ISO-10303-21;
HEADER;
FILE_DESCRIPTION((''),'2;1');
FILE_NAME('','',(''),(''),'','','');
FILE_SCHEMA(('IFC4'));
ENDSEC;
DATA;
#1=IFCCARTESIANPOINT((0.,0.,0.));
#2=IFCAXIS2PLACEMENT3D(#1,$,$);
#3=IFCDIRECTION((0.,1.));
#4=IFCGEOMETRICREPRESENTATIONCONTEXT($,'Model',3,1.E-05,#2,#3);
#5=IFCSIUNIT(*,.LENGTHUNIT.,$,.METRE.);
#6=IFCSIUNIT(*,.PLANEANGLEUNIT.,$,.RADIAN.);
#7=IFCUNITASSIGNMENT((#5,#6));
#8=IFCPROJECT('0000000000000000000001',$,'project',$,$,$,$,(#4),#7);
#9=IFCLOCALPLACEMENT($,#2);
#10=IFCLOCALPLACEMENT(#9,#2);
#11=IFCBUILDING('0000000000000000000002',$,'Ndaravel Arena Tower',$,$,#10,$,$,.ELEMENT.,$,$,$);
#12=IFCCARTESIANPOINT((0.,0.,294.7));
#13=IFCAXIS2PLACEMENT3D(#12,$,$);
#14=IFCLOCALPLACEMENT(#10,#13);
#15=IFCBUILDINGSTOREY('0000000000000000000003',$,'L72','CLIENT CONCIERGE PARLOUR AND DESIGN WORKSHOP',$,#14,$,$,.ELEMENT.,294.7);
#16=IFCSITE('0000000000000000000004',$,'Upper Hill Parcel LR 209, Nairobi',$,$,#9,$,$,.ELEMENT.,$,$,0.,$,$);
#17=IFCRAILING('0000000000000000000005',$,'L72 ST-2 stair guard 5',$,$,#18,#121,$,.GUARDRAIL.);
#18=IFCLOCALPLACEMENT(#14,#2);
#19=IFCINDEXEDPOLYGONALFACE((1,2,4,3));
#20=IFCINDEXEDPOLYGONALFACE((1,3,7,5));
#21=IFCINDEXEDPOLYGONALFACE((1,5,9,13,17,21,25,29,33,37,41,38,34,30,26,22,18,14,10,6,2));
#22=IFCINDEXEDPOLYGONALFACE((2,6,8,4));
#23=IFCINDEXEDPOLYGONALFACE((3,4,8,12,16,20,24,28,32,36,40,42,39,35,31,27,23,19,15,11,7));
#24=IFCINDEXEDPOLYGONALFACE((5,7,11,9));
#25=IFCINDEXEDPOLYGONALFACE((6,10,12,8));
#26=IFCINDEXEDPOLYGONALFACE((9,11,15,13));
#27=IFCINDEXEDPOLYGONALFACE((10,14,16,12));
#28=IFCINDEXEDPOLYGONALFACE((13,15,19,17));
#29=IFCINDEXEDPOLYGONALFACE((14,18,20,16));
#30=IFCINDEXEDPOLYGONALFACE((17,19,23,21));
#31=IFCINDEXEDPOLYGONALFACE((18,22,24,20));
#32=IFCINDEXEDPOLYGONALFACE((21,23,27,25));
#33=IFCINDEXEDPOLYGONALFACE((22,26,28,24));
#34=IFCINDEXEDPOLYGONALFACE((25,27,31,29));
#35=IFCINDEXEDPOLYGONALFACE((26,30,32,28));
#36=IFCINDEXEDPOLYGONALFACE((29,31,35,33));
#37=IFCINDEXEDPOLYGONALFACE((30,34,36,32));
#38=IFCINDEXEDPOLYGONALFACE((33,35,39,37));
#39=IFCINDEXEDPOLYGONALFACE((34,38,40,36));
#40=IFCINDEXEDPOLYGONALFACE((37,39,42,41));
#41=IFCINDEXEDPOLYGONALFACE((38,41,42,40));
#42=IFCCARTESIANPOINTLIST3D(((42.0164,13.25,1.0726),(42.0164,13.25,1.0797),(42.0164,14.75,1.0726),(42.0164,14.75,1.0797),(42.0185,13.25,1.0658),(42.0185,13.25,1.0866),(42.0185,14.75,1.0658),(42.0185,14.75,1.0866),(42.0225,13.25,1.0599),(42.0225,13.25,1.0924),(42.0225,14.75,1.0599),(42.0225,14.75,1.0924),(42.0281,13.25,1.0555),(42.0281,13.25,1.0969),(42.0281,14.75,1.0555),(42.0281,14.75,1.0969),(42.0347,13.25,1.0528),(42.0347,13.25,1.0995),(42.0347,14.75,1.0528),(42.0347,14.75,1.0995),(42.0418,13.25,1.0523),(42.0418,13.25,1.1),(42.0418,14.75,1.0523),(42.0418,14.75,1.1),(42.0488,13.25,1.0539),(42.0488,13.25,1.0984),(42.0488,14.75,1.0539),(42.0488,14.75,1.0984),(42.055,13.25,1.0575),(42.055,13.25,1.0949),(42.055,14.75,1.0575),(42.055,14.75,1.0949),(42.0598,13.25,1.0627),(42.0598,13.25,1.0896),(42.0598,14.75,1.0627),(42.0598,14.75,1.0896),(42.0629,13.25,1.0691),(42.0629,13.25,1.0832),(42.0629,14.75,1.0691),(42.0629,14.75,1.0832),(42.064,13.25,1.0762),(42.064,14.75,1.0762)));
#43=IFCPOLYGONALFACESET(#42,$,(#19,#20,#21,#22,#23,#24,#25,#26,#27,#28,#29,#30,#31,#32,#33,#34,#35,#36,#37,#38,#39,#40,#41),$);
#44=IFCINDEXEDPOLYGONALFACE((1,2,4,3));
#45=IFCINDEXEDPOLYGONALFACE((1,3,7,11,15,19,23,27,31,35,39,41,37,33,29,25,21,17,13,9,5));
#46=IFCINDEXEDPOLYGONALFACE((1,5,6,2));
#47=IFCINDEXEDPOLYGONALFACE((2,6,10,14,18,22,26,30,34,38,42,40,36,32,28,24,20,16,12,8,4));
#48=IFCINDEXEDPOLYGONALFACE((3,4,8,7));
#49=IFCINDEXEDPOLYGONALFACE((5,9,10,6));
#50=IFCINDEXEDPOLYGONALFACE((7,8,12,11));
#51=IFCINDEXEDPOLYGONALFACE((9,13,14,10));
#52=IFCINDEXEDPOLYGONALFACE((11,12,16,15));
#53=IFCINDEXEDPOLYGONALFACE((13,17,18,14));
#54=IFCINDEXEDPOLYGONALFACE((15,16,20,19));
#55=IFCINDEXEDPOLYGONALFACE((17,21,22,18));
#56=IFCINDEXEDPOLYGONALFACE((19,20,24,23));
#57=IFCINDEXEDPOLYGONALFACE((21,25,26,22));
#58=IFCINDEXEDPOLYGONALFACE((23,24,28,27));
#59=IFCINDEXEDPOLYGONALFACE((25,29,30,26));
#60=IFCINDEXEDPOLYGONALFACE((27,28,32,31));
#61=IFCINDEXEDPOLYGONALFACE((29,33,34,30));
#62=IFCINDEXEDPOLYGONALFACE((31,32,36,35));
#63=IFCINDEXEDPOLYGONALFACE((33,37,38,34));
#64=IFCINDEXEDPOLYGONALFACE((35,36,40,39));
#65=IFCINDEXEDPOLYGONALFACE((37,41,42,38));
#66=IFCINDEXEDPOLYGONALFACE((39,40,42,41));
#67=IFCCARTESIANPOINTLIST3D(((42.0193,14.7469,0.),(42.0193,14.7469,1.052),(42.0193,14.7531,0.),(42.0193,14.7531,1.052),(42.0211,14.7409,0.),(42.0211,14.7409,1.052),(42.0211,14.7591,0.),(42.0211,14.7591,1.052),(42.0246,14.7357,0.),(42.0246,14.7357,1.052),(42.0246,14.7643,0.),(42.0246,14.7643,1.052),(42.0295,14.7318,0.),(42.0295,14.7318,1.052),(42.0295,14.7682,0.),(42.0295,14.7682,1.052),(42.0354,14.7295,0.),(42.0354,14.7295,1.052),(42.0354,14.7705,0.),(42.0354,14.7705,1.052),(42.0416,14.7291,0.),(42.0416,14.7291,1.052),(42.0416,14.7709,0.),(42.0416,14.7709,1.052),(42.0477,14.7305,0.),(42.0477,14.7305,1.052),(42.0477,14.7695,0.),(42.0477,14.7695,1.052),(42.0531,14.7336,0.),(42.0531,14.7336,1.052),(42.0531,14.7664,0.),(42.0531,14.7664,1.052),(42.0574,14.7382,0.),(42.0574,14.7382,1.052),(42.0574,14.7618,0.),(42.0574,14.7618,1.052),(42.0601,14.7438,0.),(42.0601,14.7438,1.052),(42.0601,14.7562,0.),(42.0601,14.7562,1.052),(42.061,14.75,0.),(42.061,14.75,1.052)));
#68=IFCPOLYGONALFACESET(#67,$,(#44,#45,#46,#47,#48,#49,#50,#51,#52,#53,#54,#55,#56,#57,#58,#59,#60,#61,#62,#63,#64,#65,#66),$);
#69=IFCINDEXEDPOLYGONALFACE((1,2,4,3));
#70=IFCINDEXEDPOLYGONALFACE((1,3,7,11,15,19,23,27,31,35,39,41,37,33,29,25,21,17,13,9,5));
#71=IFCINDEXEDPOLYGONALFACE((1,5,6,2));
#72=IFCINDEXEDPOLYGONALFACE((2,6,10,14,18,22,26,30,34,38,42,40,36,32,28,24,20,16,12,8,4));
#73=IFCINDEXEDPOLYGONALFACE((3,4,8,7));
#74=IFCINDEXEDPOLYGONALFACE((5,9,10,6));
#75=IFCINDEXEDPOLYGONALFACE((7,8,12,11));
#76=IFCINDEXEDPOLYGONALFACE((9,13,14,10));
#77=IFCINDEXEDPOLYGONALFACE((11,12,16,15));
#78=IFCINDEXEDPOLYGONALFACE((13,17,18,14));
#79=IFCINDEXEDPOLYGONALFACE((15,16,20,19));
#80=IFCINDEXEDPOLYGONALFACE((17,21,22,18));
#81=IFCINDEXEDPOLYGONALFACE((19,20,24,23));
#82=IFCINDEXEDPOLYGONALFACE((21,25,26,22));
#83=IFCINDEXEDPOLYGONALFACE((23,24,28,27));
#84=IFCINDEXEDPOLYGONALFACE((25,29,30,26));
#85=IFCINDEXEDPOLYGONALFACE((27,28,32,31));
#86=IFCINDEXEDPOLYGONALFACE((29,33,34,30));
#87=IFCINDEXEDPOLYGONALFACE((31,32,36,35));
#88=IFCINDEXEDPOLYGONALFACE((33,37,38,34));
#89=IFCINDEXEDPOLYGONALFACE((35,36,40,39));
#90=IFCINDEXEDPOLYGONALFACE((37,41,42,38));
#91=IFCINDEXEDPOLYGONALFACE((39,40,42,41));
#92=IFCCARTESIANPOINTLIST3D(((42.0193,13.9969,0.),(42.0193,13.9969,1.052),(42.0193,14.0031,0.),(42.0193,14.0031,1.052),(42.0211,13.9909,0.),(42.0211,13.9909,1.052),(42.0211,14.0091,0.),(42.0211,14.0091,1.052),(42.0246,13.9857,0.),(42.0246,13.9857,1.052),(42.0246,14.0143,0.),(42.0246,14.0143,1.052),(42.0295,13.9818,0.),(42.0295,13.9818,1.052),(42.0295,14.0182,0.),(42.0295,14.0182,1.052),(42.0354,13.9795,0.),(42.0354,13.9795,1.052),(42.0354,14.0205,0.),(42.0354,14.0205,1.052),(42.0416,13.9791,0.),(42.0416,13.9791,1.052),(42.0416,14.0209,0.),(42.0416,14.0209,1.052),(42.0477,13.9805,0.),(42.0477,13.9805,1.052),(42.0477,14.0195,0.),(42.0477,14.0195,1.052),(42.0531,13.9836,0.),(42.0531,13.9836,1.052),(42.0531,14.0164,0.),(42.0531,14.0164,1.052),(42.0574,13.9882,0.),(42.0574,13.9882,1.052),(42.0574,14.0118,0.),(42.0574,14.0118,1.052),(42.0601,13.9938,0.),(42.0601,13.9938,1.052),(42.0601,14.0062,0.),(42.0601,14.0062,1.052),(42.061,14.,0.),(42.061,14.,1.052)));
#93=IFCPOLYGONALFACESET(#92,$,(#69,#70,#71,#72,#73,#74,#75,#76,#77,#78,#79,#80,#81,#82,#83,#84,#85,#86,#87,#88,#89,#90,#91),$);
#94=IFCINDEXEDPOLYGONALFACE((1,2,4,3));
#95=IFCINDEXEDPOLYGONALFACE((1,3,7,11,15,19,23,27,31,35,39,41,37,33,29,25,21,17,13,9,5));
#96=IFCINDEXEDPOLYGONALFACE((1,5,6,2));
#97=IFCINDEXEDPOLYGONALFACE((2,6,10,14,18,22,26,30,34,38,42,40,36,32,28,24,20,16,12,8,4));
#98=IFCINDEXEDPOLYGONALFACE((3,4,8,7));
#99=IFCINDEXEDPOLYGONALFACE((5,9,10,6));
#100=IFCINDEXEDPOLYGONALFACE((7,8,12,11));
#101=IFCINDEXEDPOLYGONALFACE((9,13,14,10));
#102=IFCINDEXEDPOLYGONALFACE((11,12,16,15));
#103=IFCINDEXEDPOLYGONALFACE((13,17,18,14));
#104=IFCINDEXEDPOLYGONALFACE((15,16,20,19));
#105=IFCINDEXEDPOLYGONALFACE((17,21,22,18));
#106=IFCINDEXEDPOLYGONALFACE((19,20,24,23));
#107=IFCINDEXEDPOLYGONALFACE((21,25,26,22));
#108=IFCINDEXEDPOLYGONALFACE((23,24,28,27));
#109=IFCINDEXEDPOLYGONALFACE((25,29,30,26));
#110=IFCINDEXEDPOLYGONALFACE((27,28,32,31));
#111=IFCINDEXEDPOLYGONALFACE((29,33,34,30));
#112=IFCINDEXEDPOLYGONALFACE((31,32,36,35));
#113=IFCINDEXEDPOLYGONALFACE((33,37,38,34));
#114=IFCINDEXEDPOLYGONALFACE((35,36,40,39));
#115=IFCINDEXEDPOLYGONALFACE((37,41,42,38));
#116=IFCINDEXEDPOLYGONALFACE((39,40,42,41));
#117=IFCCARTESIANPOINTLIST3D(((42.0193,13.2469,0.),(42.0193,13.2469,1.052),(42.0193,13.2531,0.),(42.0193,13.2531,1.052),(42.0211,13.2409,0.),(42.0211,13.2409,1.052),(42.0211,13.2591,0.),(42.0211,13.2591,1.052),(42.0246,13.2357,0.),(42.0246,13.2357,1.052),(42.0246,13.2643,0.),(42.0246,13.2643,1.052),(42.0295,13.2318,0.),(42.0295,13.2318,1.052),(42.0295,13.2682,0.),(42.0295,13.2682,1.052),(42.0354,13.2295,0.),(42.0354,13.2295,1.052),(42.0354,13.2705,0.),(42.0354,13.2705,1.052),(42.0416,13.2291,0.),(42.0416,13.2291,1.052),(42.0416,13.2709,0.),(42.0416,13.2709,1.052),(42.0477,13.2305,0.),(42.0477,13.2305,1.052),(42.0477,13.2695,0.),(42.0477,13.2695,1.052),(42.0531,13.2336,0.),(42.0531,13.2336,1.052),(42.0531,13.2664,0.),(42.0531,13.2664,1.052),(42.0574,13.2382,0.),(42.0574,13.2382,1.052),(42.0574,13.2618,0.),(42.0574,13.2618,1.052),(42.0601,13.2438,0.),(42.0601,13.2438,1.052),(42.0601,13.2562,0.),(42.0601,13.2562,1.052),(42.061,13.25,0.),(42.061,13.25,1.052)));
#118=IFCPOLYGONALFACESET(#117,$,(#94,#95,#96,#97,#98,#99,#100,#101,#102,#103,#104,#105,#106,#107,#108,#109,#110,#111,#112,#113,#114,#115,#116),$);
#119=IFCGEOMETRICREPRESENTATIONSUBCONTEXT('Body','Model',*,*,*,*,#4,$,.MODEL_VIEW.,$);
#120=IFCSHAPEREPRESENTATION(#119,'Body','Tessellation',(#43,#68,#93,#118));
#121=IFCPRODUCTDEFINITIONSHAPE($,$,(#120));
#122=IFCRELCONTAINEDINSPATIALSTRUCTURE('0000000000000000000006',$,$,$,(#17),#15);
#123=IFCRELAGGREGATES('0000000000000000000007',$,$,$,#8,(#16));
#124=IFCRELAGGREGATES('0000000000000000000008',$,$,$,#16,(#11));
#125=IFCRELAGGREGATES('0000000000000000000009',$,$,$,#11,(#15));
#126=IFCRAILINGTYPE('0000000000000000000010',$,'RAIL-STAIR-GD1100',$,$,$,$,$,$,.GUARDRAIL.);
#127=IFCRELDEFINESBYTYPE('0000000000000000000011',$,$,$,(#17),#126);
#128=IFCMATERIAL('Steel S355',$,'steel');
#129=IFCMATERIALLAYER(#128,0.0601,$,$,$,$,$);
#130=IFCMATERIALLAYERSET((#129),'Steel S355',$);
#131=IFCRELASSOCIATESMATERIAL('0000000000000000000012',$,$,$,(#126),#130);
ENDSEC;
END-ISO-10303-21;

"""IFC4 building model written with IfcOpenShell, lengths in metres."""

from ifc_helpers import new_model, si_unit, direction, frame, origin, origin_2d, place, context, subcontext, project, spatial, circle, extrude, material, layer, layer_set, type_object, element, save


model = new_model("IFC4")

# Units and contexts
model_context = context("Model", 3, precision=1e-05, world=origin(), true_north=direction((0.0, 1.0)))
body_context = subcontext(model_context, "Body", "Model", "MODEL_VIEW")
ifc_project = project(units=[si_unit("LENGTHUNIT", "METRE"), si_unit("PLANEANGLEUNIT", "RADIAN")], contexts=[model_context])

# Site, building, storey
site_placement = place(None, origin())
site = spatial("IfcSite", under=ifc_project, at=site_placement, Name="Upper Hill Parcel LR 209, Nairobi", CompositionType="ELEMENT", RefElevation=0.0)
building_placement = place(site_placement, origin())
building = spatial("IfcBuilding", under=site, at=building_placement, Name="Ndaravel Arena Tower", CompositionType="ELEMENT")
storey_placement = place(building_placement, frame((0.0, 0.0, 294.7)))
storey = spatial("IfcBuildingStorey", under=building, at=storey_placement, Name="L72", Description="CLIENT CONCIERGE PARLOUR AND DESIGN WORKSHOP", CompositionType="ELEMENT", Elevation=294.7)

# Railing
ifc_material_1 = material(Name="Steel S355", Category="steel")
ifc_layer_1 = layer(ifc_material_1, 0.0601)
ifc_layer_set_1 = layer_set([ifc_layer_1], Name="Steel S355")
railing_type = type_object("IfcRailingType", Name="RAIL-STAIR-GD1100", PredefinedType="GUARDRAIL", material=ifc_layer_set_1)
railing_1_placement = place(storey_placement, frame((42.04, 14.75, 0.0)))
element("IfcRailing", 1, at=railing_1_placement, inside=storey, type_object=railing_type, Name="L72 ST-2 stair guard 5", PredefinedType="GUARDRAIL", context=body_context, shape_type="SweptSolid", body=[
    extrude(circle(Radius=0.0239, at=origin_2d()), frame((0.0, 0.0, 1.0762), z_axis=(0.0, -1.0, 0.0), x_axis=(1.0, 0.0, 0.0)), (0.0, 0.0, 1.0), 1.5),
    extrude(circle(Radius=0.021, at=origin_2d()), origin(), (0.0, 0.0, 1.0), 1.052),
    extrude(circle(Radius=0.021, at=origin_2d()), frame((0.0, -0.75, 0.0)), (0.0, 0.0, 1.0), 1.052),
    extrude(circle(Radius=0.021, at=origin_2d()), frame((0.0, -1.5, 0.0)), (0.0, 0.0, 1.0), 1.052),
])

save(model, "model.ifc")
